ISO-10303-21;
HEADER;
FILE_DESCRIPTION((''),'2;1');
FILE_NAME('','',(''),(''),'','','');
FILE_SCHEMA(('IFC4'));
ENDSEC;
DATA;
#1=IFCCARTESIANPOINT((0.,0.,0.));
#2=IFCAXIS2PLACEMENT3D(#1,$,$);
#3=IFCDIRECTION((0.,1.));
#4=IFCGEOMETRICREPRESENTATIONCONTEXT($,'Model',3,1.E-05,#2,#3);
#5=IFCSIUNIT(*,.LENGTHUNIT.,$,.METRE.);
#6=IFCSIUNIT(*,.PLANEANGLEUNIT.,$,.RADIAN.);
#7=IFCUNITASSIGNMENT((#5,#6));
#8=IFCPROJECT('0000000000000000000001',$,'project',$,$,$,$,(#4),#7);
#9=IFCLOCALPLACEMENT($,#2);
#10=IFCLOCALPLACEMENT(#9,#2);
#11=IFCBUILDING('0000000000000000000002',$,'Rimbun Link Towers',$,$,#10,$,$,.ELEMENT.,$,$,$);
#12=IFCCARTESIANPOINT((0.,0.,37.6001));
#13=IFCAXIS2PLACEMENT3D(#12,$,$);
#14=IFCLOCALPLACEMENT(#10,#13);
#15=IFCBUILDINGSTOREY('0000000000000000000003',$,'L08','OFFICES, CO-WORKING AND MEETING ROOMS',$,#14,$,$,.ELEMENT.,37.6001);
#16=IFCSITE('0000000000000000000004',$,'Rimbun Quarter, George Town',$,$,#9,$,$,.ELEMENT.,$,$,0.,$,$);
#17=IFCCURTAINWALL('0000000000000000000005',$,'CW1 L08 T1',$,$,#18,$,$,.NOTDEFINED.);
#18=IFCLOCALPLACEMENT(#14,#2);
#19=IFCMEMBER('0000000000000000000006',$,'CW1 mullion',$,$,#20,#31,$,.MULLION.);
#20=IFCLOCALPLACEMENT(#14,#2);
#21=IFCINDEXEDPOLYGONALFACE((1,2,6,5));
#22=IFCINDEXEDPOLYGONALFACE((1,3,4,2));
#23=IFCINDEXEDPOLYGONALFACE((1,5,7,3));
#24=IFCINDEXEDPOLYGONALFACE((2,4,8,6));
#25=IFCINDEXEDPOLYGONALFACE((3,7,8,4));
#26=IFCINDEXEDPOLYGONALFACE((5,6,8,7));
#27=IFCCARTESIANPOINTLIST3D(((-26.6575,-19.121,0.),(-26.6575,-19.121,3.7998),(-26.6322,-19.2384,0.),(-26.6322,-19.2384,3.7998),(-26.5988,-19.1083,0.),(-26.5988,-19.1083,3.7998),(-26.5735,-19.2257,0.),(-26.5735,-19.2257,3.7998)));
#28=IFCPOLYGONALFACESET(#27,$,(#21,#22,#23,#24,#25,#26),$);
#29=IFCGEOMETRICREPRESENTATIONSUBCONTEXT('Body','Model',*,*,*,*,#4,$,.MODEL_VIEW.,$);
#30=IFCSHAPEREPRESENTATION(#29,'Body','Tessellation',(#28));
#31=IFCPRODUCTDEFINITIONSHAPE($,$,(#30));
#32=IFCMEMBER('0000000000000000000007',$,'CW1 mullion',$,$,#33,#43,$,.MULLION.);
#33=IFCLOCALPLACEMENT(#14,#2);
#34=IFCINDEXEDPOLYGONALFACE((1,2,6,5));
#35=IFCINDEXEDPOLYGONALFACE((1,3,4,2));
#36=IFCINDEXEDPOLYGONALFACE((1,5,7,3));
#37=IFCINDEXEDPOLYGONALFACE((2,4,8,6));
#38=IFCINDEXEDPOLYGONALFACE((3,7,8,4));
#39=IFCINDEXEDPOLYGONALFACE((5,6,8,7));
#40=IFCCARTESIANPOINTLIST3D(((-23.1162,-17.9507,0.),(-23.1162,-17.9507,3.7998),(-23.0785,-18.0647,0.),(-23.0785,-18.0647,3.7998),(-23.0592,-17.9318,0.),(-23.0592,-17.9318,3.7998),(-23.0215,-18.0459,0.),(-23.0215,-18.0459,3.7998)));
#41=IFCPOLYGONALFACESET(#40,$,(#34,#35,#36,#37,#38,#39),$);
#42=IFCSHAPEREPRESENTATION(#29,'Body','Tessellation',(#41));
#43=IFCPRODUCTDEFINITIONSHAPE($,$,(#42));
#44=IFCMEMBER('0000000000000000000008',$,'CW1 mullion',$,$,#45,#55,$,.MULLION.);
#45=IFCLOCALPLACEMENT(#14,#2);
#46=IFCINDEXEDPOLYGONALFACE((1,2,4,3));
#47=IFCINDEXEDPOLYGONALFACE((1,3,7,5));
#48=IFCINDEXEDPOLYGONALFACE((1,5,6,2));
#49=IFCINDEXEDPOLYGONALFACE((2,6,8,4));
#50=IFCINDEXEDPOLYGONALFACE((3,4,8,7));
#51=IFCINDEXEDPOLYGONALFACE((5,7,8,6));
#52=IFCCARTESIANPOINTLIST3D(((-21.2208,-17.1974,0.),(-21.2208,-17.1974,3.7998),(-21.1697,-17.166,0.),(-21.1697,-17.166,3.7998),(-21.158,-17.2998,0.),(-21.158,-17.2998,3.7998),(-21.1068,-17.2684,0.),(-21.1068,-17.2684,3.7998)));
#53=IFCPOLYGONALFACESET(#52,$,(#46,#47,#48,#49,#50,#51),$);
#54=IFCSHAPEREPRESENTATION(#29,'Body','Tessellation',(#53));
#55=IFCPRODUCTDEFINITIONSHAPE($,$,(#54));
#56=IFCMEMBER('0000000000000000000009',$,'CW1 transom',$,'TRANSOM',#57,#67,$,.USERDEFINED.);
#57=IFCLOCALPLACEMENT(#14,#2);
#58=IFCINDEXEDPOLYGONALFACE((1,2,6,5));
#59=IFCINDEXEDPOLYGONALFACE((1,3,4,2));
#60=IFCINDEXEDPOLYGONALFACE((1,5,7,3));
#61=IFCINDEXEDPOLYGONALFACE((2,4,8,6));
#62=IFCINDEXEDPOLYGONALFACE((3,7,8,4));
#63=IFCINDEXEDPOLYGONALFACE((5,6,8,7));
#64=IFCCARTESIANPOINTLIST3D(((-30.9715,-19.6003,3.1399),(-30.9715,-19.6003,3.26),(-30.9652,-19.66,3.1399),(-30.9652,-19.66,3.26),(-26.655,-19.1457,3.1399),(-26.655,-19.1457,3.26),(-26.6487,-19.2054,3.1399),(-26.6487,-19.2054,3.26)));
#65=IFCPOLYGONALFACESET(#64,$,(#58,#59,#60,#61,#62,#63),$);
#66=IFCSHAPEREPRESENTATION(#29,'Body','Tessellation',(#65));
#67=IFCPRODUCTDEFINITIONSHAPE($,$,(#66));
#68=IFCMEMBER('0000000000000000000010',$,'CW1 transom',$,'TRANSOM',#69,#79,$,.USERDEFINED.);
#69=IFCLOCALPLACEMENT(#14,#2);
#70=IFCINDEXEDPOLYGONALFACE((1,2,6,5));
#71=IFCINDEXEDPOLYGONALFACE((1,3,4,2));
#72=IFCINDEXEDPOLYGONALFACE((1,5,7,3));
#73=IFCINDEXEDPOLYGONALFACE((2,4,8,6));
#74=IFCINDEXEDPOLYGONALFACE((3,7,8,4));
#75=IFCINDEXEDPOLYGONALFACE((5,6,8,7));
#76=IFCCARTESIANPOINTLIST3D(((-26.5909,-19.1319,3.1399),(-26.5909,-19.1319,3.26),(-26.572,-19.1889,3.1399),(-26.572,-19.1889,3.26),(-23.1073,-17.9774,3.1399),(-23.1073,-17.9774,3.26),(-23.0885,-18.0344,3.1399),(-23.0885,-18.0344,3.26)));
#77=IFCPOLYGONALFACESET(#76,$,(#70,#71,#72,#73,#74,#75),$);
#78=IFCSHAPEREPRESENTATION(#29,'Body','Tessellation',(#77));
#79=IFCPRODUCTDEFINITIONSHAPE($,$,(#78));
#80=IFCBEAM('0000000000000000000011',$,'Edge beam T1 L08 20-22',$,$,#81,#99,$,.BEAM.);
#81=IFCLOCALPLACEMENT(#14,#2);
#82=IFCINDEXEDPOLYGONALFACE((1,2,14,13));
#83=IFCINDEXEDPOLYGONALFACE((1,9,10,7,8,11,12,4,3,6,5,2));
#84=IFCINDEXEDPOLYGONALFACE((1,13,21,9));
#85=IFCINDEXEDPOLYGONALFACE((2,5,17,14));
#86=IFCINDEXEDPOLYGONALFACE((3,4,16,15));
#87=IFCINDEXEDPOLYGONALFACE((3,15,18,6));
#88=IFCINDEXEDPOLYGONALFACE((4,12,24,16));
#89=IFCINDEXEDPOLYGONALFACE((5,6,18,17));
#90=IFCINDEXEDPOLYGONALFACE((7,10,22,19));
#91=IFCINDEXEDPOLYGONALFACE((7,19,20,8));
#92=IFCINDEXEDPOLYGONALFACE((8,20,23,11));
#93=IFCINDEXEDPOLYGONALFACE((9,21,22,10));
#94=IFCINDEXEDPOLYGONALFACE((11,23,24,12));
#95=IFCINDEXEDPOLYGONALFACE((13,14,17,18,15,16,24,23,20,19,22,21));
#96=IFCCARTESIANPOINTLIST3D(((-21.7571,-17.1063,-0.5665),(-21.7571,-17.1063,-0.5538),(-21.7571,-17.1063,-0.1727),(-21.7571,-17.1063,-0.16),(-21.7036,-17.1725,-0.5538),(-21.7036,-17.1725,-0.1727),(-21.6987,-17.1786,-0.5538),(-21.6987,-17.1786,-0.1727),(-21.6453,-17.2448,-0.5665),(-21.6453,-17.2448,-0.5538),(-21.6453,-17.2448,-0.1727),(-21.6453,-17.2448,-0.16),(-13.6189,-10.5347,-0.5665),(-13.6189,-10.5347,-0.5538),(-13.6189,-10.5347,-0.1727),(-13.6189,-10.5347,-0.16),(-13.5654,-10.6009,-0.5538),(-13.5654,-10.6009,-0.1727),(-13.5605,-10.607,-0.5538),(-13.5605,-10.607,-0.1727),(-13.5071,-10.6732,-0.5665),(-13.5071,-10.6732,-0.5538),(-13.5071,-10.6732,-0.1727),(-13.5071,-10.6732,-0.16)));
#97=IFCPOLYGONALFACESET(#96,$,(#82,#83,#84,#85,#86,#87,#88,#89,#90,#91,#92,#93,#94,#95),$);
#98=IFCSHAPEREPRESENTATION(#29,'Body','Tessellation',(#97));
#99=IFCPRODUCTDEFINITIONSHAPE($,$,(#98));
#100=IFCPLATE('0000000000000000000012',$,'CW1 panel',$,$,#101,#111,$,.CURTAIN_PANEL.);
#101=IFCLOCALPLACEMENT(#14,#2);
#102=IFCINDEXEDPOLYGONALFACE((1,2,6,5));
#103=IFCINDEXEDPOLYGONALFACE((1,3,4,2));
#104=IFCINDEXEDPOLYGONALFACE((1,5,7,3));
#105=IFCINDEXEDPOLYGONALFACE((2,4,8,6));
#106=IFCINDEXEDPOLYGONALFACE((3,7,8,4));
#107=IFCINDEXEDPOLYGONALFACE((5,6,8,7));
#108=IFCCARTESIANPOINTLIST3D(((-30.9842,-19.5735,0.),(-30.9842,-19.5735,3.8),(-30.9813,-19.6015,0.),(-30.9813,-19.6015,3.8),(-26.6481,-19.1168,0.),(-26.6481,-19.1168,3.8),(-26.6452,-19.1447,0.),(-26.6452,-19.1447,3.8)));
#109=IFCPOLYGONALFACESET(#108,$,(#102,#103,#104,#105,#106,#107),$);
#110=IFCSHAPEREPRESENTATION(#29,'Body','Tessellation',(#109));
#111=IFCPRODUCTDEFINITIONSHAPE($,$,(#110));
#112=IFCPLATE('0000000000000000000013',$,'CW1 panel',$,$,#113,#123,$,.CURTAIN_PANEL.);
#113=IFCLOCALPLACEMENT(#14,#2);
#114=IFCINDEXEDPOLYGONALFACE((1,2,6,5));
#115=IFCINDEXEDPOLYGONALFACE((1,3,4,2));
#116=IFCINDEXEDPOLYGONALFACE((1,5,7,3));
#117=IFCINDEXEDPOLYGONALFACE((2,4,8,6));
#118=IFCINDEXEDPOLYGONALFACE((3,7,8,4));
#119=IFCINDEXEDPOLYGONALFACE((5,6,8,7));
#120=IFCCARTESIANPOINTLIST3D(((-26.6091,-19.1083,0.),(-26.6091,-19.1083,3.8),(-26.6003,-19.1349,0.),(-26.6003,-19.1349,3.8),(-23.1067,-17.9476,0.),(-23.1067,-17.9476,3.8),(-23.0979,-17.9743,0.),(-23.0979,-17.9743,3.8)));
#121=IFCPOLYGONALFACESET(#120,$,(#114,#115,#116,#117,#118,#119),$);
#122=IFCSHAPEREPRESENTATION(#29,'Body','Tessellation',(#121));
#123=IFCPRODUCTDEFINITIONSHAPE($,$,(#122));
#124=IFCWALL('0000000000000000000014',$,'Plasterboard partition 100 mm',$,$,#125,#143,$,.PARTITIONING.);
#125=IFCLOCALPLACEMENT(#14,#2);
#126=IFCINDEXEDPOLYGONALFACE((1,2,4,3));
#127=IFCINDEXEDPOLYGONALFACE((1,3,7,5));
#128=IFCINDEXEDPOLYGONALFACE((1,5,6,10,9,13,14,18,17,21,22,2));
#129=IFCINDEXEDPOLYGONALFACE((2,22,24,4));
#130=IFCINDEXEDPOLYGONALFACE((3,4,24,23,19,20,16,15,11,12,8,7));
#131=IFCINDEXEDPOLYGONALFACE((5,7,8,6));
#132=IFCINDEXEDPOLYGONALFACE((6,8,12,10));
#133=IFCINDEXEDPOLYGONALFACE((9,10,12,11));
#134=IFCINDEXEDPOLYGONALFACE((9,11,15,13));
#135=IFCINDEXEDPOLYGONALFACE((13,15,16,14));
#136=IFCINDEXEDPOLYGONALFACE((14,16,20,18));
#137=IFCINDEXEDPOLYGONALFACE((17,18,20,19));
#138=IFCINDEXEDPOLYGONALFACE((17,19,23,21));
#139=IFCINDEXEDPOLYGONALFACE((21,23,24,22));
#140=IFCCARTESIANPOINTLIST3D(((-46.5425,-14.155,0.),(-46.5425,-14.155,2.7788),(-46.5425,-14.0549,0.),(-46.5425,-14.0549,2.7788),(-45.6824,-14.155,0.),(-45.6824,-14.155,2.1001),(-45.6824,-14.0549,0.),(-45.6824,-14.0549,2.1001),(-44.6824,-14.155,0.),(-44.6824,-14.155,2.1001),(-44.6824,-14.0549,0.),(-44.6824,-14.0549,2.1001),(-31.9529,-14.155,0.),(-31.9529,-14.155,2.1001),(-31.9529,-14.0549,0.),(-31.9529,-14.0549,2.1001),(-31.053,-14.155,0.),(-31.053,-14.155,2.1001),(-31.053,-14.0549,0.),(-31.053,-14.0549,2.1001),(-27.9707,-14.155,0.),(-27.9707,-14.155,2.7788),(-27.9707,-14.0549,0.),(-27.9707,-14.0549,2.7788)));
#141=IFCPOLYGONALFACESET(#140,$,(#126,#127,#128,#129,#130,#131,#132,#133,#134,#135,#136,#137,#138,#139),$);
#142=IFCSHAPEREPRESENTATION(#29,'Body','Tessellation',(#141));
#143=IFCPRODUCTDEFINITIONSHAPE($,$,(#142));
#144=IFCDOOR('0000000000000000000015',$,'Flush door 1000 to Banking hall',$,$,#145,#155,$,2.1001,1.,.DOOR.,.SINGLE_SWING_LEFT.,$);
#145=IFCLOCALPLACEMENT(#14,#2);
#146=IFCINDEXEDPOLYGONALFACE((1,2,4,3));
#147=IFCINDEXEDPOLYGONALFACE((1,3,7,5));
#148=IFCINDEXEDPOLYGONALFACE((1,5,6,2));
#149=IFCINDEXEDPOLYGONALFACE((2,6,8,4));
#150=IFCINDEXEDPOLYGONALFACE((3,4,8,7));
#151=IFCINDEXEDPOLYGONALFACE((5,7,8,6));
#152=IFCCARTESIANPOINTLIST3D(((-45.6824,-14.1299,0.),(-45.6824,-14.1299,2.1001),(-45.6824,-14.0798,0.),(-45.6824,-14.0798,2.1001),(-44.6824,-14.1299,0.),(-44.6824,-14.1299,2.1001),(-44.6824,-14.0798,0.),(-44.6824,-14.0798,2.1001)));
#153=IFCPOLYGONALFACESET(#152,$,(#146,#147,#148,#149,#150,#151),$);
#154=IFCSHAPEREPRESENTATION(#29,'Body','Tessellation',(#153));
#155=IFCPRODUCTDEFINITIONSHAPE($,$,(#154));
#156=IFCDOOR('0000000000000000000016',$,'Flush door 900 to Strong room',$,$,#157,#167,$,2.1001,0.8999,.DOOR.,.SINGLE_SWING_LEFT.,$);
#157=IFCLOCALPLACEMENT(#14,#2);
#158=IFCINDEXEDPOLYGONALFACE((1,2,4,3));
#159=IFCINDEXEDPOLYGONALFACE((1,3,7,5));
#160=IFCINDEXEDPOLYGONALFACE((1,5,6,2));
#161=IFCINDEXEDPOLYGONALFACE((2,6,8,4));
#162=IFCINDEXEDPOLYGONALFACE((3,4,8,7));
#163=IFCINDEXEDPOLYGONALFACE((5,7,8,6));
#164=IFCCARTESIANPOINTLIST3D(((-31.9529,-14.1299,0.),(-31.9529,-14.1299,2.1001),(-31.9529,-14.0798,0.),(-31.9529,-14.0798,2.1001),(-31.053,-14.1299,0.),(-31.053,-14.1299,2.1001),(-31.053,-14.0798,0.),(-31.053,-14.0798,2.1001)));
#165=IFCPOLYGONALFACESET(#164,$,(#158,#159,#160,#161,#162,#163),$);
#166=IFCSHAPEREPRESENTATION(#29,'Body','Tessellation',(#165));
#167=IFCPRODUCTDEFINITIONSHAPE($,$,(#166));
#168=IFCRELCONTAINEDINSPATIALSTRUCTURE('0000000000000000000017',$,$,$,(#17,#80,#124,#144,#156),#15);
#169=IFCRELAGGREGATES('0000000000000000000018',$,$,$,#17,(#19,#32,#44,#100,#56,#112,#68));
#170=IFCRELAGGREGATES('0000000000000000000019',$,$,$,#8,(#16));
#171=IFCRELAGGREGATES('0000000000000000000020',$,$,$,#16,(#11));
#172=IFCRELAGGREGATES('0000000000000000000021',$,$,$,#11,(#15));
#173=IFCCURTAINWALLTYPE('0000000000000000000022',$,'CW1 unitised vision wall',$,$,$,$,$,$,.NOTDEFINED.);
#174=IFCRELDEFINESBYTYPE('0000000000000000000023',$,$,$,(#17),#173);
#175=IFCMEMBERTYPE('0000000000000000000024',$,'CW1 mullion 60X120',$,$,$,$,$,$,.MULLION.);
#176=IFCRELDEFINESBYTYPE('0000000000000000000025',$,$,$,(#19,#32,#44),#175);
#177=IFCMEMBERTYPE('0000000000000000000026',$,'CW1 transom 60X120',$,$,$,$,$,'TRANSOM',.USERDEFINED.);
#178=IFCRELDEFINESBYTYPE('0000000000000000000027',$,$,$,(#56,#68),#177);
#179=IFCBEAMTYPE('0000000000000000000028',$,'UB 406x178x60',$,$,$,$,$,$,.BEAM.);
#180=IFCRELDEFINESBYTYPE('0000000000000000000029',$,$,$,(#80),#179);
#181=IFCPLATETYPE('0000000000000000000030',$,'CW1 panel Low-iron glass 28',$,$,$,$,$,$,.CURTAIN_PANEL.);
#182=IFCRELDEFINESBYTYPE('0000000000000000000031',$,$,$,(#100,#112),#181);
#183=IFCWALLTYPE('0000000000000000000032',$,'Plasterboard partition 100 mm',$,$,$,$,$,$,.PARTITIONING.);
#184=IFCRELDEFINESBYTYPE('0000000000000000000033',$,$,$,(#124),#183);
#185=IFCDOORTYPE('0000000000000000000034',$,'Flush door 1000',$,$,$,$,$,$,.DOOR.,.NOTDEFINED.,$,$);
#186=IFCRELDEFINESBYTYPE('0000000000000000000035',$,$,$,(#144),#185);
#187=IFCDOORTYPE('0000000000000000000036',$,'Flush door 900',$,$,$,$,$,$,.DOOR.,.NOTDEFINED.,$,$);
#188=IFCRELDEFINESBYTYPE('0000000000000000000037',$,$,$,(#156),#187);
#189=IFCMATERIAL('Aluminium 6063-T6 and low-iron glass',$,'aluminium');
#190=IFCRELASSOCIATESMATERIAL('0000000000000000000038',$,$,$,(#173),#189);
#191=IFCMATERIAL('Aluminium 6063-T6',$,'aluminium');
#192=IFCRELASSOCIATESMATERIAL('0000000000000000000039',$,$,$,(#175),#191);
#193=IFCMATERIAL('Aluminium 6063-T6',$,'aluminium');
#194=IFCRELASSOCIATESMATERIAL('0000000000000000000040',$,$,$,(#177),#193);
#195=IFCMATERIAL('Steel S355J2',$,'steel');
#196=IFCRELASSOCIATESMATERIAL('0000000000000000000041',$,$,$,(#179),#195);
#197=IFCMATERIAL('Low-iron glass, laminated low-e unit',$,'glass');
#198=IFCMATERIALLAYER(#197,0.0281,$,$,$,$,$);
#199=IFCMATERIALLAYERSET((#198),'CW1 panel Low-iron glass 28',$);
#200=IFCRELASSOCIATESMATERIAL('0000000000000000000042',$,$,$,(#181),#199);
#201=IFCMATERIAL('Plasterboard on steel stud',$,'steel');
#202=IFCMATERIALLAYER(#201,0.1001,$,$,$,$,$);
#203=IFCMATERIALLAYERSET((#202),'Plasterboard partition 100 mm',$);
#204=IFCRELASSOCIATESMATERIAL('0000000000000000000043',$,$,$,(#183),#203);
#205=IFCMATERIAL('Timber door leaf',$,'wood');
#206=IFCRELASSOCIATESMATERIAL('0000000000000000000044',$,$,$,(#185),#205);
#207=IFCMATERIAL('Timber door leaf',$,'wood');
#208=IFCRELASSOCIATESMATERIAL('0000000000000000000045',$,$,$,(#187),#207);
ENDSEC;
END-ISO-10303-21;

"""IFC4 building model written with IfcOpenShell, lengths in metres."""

from ifc_helpers import new_model, si_unit, direction, frame, frame_2d, origin, origin_2d, place, context, subcontext, project, spatial, rectangle, i_section, extrude, material, layer, layer_set, material_profile, profile_set, type_object, element, fill, aggregate, save


model = new_model("IFC4")

# Units and contexts
model_context = context("Model", 3, precision=1e-05, world=origin(), true_north=direction((0.0, 1.0)))
body_context = subcontext(model_context, "Body", "Model", "MODEL_VIEW")
ifc_project = project(units=[si_unit("LENGTHUNIT", "METRE"), si_unit("PLANEANGLEUNIT", "RADIAN")], contexts=[model_context])

# Site, building, storey
site_placement = place(None, origin())
site = spatial("IfcSite", under=ifc_project, at=site_placement, Name="Rimbun Quarter, George Town", CompositionType="ELEMENT", RefElevation=0.0)
building_placement = place(site_placement, origin())
building = spatial("IfcBuilding", under=site, at=building_placement, Name="Rimbun Link Towers", CompositionType="ELEMENT")
storey_placement = place(building_placement, frame((0.0, 0.0, 37.6001)))
storey = spatial("IfcBuildingStorey", under=building, at=storey_placement, Name="L08", Description="OFFICES, CO-WORKING AND MEETING ROOMS", CompositionType="ELEMENT", Elevation=37.6001)

# Curtain wall, members
ifc_material_1 = material(Name="Aluminium 6063-T6 and low-iron glass", Category="aluminium")
curtain_wall_type = type_object("IfcCurtainWallType", Name="CW1 unitised vision wall", PredefinedType="NOTDEFINED", material=ifc_material_1)
curtain_wall_placement = place(storey_placement, origin())
curtain_wall = element("IfcCurtainWall", 1, at=curtain_wall_placement, inside=storey, type_object=curtain_wall_type, Name="CW1 L08 T1", PredefinedType="NOTDEFINED")
ifc_material_2 = material(Name="Aluminium 6063-T6", Category="aluminium")
ifc_material_profile_1 = material_profile(ifc_material_2, rectangle(XDim=0.1201, YDim=0.0601, at=origin_2d()), Name="MULLION 60X120")
ifc_profile_set_1 = profile_set([ifc_material_profile_1], Name="Aluminium 6063-T6")
member_type_1 = type_object("IfcMemberType", Name="CW1 mullion 60X120", PredefinedType="MULLION", material=ifc_profile_set_1)
member_1_placement = place(storey_placement, frame((-26.6155, -19.1733, 0.0), z_axis=(0.0, 0.0, 1.0), x_axis=(0.210877, -0.977513, 0.0)))
member_1 = element("IfcMember", 2, at=member_1_placement, type_object=member_type_1, Name="CW1 mullion", PredefinedType="MULLION", context=body_context, shape_type="SweptSolid", body=[
    extrude(rectangle(XDim=0.1201, YDim=0.0601, at=origin_2d()), origin(), (0.0, 0.0, 1.0), 3.7998),
])
member_2_placement = place(storey_placement, frame((-23.0688, -17.9983, 0.0), z_axis=(0.0, 0.0, 1.0), x_axis=(0.314564, -0.949236, 0.0)))
member_2 = element("IfcMember", 3, at=member_2_placement, type_object=member_type_1, Name="CW1 mullion", PredefinedType="MULLION", context=body_context, shape_type="SweptSolid", body=[
    extrude(rectangle(XDim=0.1201, YDim=0.0601, at=origin_2d()), origin(), (0.0, 0.0, 1.0), 3.7998),
])
member_3_placement = place(storey_placement, frame((-21.1638, -17.2329, 0.0), z_axis=(0.0, 0.0, 1.0), x_axis=(0.523232, -0.85219, 0.0)))
member_3 = element("IfcMember", 4, at=member_3_placement, type_object=member_type_1, Name="CW1 mullion", PredefinedType="MULLION", context=body_context, shape_type="SweptSolid", body=[
    extrude(rectangle(XDim=0.1201, YDim=0.0601, at=origin_2d()), origin(), (0.0, 0.0, 1.0), 3.7998),
])
ifc_material_3 = material(Name="Aluminium 6063-T6", Category="aluminium")
ifc_material_profile_2 = material_profile(ifc_material_3, rectangle(XDim=0.0601, YDim=0.1201, at=origin_2d()), Name="TRANSOM 60X120")
ifc_profile_set_2 = profile_set([ifc_material_profile_2], Name="Aluminium 6063-T6")
member_type_2 = type_object("IfcMemberType", Name="CW1 transom 60X120", ElementType="TRANSOM", PredefinedType="USERDEFINED", material=ifc_profile_set_2)
member_4_placement = place(storey_placement, frame((-26.6519, -19.1755, 3.2), z_axis=(-0.9945, -0.104737, 0.0), x_axis=(0.104737, -0.9945, 0.0)))
member_4 = element("IfcMember", 5, at=member_4_placement, type_object=member_type_2, Name="CW1 transom", ObjectType="TRANSOM", PredefinedType="USERDEFINED", context=body_context, shape_type="SweptSolid", body=[
    extrude(rectangle(XDim=0.0601, YDim=0.1201, at=origin_2d()), origin(), (0.0, 0.0, 1.0), 4.3403),
])
member_5_placement = place(storey_placement, frame((-23.0979, -18.0059, 3.2), z_axis=(-0.949227, -0.314591, 0.0), x_axis=(0.314591, -0.949227, 0.0)))
member_5 = element("IfcMember", 6, at=member_5_placement, type_object=member_type_2, Name="CW1 transom", ObjectType="TRANSOM", PredefinedType="USERDEFINED", context=body_context, shape_type="SweptSolid", body=[
    extrude(rectangle(XDim=0.0601, YDim=0.1201, at=origin_2d()), origin(), (0.0, 0.0, 1.0), 3.6699),
])

# Beam
ifc_material_4 = material(Name="Steel S355J2", Category="steel")
ifc_material_profile_3 = material_profile(ifc_material_4, i_section(OverallWidth=0.178, OverallDepth=0.4065, WebThickness=0.0078, FlangeThickness=0.0127, at=origin_2d()), Name="UB 406x178x60")
ifc_profile_set_3 = profile_set([ifc_material_profile_3], Name="Steel S355J2")
beam_type = type_object("IfcBeamType", Name="UB 406x178x60", PredefinedType="BEAM", material=ifc_profile_set_3)
beam_placement = place(storey_placement, frame((-21.7012, -17.1755, -0.3633), z_axis=(0.778017, 0.628244, 0.0), x_axis=(-0.628244, 0.778017, 0.0)))
element("IfcBeam", 7, at=beam_placement, inside=storey, type_object=beam_type, Name="Edge beam T1 L08 20-22", PredefinedType="BEAM", context=body_context, shape_type="SweptSolid", body=[
    extrude(i_section(OverallWidth=0.178, OverallDepth=0.4065, WebThickness=0.0078, FlangeThickness=0.0127, at=origin_2d()), origin(), (0.0, 0.0, 1.0), 10.4602),
])

# Plates
ifc_material_5 = material(Name="Low-iron glass, laminated low-e unit", Category="glass")
ifc_layer_1 = layer(ifc_material_5, 0.0281)
ifc_layer_set_1 = layer_set([ifc_layer_1], Name="CW1 panel Low-iron glass 28")
plate_type = type_object("IfcPlateType", Name="CW1 panel Low-iron glass 28", PredefinedType="CURTAIN_PANEL", material=ifc_layer_set_1)
plate_1_placement = place(storey_placement, frame((-28.8147, -19.3591, 0.0), z_axis=(0.0, 0.0, 1.0), x_axis=(-0.994498, -0.104755, 0.0)))
plate_1 = element("IfcPlate", 8, at=plate_1_placement, type_object=plate_type, Name="CW1 panel", PredefinedType="CURTAIN_PANEL", context=body_context, shape_type="SweptSolid", body=[
    extrude(rectangle(XDim=4.3601, YDim=0.0281, at=origin_2d()), origin(), (0.0, 0.0, 1.0), 3.8),
])
plate_2_placement = place(storey_placement, frame((-24.8535, -18.5413, 0.0), z_axis=(0.0, 0.0, 1.0), x_axis=(-0.949236, -0.314564, 0.0)))
plate_2 = element("IfcPlate", 9, at=plate_2_placement, type_object=plate_type, Name="CW1 panel", PredefinedType="CURTAIN_PANEL", context=body_context, shape_type="SweptSolid", body=[
    extrude(rectangle(XDim=3.6897, YDim=0.0281, at=origin_2d()), origin(), (0.0, 0.0, 1.0), 3.8),
])
aggregate(curtain_wall, [member_1, member_2, member_3, plate_1, member_4, plate_2, member_5])

# Wall, openings, doors
ifc_material_6 = material(Name="Plasterboard on steel stud", Category="steel")
ifc_layer_2 = layer(ifc_material_6, 0.1001)
ifc_layer_set_2 = layer_set([ifc_layer_2], Name="Plasterboard partition 100 mm")
wall_type_1 = type_object("IfcWallType", Name="Plasterboard partition 100 mm", PredefinedType="PARTITIONING", material=ifc_layer_set_2)
wall_1_placement = place(storey_placement, frame((-27.9707, -14.105, 0.0), z_axis=(0.0, 0.0, 1.0), x_axis=(-1.0, 0.0, 0.0)))
wall_1 = element("IfcWall", 10, at=wall_1_placement, inside=storey, type_object=wall_type_1, Name="Plasterboard partition 100 mm", PredefinedType="PARTITIONING", context=body_context, shape_type="SweptSolid", body=[
    extrude(rectangle(XDim=18.5718, YDim=0.1001, at=frame_2d((9.2859, 0.0))), origin(), (0.0, 0.0, 1.0), 2.7788),
])
opening_1_placement = place(wall_1_placement, frame((16.7117, 0.0, 0.0)))
opening_1 = element("IfcOpeningElement", 11, at=opening_1_placement, cuts=wall_1, PredefinedType="OPENING", context=body_context, shape_type="SweptSolid", body=[
    extrude(rectangle(XDim=1.0, YDim=2.1001, at=frame_2d((0.5, 1.05))), frame((0.0, 0.0601, 0.0), z_axis=(0.0, -1.0, 0.0), x_axis=(1.0, 0.0, 0.0)), (0.0, 0.0, 1.0), 0.1201),
])
opening_2_placement = place(wall_1_placement, frame((3.0823, 0.0, 0.0)))
opening_2 = element("IfcOpeningElement", 12, at=opening_2_placement, cuts=wall_1, PredefinedType="OPENING", context=body_context, shape_type="SweptSolid", body=[
    extrude(rectangle(XDim=0.8999, YDim=2.1001, at=frame_2d((0.45, 1.05))), frame((0.0, 0.0601, 0.0), z_axis=(0.0, -1.0, 0.0), x_axis=(1.0, 0.0, 0.0)), (0.0, 0.0, 1.0), 0.1201),
])
ifc_material_7 = material(Name="Timber door leaf", Category="wood")
door_type_1 = type_object("IfcDoorType", Name="Flush door 1000", OperationType="NOTDEFINED", PredefinedType="DOOR", material=ifc_material_7)
door_1_placement = place(opening_1_placement, origin())
door_1 = element("IfcDoor", 13, at=door_1_placement, inside=storey, type_object=door_type_1, Name="Flush door 1000 to Banking hall", OperationType="SINGLE_SWING_LEFT", OverallHeight=2.1001, OverallWidth=1.0, PredefinedType="DOOR", context=body_context, shape_type="SweptSolid", body=[
    extrude(rectangle(XDim=1.0, YDim=2.1001, at=frame_2d((0.5, 1.05))), frame((0.0, 0.0249, 0.0), z_axis=(0.0, -1.0, 0.0), x_axis=(1.0, 0.0, 0.0)), (0.0, 0.0, 1.0), 0.05),
])
fill(opening_1, door_1)
ifc_material_8 = material(Name="Timber door leaf", Category="wood")
door_type_2 = type_object("IfcDoorType", Name="Flush door 900", OperationType="NOTDEFINED", PredefinedType="DOOR", material=ifc_material_8)
door_2_placement = place(opening_2_placement, origin())
door_2 = element("IfcDoor", 14, at=door_2_placement, inside=storey, type_object=door_type_2, Name="Flush door 900 to Strong room", OperationType="SINGLE_SWING_LEFT", OverallHeight=2.1001, OverallWidth=0.8999, PredefinedType="DOOR", context=body_context, shape_type="SweptSolid", body=[
    extrude(rectangle(XDim=0.8999, YDim=2.1001, at=frame_2d((0.45, 1.05))), frame((0.0, 0.0249, 0.0), z_axis=(0.0, -1.0, 0.0), x_axis=(1.0, 0.0, 0.0)), (0.0, 0.0, 1.0), 0.05),
])
fill(opening_2, door_2)

save(model, "model.ifc")
